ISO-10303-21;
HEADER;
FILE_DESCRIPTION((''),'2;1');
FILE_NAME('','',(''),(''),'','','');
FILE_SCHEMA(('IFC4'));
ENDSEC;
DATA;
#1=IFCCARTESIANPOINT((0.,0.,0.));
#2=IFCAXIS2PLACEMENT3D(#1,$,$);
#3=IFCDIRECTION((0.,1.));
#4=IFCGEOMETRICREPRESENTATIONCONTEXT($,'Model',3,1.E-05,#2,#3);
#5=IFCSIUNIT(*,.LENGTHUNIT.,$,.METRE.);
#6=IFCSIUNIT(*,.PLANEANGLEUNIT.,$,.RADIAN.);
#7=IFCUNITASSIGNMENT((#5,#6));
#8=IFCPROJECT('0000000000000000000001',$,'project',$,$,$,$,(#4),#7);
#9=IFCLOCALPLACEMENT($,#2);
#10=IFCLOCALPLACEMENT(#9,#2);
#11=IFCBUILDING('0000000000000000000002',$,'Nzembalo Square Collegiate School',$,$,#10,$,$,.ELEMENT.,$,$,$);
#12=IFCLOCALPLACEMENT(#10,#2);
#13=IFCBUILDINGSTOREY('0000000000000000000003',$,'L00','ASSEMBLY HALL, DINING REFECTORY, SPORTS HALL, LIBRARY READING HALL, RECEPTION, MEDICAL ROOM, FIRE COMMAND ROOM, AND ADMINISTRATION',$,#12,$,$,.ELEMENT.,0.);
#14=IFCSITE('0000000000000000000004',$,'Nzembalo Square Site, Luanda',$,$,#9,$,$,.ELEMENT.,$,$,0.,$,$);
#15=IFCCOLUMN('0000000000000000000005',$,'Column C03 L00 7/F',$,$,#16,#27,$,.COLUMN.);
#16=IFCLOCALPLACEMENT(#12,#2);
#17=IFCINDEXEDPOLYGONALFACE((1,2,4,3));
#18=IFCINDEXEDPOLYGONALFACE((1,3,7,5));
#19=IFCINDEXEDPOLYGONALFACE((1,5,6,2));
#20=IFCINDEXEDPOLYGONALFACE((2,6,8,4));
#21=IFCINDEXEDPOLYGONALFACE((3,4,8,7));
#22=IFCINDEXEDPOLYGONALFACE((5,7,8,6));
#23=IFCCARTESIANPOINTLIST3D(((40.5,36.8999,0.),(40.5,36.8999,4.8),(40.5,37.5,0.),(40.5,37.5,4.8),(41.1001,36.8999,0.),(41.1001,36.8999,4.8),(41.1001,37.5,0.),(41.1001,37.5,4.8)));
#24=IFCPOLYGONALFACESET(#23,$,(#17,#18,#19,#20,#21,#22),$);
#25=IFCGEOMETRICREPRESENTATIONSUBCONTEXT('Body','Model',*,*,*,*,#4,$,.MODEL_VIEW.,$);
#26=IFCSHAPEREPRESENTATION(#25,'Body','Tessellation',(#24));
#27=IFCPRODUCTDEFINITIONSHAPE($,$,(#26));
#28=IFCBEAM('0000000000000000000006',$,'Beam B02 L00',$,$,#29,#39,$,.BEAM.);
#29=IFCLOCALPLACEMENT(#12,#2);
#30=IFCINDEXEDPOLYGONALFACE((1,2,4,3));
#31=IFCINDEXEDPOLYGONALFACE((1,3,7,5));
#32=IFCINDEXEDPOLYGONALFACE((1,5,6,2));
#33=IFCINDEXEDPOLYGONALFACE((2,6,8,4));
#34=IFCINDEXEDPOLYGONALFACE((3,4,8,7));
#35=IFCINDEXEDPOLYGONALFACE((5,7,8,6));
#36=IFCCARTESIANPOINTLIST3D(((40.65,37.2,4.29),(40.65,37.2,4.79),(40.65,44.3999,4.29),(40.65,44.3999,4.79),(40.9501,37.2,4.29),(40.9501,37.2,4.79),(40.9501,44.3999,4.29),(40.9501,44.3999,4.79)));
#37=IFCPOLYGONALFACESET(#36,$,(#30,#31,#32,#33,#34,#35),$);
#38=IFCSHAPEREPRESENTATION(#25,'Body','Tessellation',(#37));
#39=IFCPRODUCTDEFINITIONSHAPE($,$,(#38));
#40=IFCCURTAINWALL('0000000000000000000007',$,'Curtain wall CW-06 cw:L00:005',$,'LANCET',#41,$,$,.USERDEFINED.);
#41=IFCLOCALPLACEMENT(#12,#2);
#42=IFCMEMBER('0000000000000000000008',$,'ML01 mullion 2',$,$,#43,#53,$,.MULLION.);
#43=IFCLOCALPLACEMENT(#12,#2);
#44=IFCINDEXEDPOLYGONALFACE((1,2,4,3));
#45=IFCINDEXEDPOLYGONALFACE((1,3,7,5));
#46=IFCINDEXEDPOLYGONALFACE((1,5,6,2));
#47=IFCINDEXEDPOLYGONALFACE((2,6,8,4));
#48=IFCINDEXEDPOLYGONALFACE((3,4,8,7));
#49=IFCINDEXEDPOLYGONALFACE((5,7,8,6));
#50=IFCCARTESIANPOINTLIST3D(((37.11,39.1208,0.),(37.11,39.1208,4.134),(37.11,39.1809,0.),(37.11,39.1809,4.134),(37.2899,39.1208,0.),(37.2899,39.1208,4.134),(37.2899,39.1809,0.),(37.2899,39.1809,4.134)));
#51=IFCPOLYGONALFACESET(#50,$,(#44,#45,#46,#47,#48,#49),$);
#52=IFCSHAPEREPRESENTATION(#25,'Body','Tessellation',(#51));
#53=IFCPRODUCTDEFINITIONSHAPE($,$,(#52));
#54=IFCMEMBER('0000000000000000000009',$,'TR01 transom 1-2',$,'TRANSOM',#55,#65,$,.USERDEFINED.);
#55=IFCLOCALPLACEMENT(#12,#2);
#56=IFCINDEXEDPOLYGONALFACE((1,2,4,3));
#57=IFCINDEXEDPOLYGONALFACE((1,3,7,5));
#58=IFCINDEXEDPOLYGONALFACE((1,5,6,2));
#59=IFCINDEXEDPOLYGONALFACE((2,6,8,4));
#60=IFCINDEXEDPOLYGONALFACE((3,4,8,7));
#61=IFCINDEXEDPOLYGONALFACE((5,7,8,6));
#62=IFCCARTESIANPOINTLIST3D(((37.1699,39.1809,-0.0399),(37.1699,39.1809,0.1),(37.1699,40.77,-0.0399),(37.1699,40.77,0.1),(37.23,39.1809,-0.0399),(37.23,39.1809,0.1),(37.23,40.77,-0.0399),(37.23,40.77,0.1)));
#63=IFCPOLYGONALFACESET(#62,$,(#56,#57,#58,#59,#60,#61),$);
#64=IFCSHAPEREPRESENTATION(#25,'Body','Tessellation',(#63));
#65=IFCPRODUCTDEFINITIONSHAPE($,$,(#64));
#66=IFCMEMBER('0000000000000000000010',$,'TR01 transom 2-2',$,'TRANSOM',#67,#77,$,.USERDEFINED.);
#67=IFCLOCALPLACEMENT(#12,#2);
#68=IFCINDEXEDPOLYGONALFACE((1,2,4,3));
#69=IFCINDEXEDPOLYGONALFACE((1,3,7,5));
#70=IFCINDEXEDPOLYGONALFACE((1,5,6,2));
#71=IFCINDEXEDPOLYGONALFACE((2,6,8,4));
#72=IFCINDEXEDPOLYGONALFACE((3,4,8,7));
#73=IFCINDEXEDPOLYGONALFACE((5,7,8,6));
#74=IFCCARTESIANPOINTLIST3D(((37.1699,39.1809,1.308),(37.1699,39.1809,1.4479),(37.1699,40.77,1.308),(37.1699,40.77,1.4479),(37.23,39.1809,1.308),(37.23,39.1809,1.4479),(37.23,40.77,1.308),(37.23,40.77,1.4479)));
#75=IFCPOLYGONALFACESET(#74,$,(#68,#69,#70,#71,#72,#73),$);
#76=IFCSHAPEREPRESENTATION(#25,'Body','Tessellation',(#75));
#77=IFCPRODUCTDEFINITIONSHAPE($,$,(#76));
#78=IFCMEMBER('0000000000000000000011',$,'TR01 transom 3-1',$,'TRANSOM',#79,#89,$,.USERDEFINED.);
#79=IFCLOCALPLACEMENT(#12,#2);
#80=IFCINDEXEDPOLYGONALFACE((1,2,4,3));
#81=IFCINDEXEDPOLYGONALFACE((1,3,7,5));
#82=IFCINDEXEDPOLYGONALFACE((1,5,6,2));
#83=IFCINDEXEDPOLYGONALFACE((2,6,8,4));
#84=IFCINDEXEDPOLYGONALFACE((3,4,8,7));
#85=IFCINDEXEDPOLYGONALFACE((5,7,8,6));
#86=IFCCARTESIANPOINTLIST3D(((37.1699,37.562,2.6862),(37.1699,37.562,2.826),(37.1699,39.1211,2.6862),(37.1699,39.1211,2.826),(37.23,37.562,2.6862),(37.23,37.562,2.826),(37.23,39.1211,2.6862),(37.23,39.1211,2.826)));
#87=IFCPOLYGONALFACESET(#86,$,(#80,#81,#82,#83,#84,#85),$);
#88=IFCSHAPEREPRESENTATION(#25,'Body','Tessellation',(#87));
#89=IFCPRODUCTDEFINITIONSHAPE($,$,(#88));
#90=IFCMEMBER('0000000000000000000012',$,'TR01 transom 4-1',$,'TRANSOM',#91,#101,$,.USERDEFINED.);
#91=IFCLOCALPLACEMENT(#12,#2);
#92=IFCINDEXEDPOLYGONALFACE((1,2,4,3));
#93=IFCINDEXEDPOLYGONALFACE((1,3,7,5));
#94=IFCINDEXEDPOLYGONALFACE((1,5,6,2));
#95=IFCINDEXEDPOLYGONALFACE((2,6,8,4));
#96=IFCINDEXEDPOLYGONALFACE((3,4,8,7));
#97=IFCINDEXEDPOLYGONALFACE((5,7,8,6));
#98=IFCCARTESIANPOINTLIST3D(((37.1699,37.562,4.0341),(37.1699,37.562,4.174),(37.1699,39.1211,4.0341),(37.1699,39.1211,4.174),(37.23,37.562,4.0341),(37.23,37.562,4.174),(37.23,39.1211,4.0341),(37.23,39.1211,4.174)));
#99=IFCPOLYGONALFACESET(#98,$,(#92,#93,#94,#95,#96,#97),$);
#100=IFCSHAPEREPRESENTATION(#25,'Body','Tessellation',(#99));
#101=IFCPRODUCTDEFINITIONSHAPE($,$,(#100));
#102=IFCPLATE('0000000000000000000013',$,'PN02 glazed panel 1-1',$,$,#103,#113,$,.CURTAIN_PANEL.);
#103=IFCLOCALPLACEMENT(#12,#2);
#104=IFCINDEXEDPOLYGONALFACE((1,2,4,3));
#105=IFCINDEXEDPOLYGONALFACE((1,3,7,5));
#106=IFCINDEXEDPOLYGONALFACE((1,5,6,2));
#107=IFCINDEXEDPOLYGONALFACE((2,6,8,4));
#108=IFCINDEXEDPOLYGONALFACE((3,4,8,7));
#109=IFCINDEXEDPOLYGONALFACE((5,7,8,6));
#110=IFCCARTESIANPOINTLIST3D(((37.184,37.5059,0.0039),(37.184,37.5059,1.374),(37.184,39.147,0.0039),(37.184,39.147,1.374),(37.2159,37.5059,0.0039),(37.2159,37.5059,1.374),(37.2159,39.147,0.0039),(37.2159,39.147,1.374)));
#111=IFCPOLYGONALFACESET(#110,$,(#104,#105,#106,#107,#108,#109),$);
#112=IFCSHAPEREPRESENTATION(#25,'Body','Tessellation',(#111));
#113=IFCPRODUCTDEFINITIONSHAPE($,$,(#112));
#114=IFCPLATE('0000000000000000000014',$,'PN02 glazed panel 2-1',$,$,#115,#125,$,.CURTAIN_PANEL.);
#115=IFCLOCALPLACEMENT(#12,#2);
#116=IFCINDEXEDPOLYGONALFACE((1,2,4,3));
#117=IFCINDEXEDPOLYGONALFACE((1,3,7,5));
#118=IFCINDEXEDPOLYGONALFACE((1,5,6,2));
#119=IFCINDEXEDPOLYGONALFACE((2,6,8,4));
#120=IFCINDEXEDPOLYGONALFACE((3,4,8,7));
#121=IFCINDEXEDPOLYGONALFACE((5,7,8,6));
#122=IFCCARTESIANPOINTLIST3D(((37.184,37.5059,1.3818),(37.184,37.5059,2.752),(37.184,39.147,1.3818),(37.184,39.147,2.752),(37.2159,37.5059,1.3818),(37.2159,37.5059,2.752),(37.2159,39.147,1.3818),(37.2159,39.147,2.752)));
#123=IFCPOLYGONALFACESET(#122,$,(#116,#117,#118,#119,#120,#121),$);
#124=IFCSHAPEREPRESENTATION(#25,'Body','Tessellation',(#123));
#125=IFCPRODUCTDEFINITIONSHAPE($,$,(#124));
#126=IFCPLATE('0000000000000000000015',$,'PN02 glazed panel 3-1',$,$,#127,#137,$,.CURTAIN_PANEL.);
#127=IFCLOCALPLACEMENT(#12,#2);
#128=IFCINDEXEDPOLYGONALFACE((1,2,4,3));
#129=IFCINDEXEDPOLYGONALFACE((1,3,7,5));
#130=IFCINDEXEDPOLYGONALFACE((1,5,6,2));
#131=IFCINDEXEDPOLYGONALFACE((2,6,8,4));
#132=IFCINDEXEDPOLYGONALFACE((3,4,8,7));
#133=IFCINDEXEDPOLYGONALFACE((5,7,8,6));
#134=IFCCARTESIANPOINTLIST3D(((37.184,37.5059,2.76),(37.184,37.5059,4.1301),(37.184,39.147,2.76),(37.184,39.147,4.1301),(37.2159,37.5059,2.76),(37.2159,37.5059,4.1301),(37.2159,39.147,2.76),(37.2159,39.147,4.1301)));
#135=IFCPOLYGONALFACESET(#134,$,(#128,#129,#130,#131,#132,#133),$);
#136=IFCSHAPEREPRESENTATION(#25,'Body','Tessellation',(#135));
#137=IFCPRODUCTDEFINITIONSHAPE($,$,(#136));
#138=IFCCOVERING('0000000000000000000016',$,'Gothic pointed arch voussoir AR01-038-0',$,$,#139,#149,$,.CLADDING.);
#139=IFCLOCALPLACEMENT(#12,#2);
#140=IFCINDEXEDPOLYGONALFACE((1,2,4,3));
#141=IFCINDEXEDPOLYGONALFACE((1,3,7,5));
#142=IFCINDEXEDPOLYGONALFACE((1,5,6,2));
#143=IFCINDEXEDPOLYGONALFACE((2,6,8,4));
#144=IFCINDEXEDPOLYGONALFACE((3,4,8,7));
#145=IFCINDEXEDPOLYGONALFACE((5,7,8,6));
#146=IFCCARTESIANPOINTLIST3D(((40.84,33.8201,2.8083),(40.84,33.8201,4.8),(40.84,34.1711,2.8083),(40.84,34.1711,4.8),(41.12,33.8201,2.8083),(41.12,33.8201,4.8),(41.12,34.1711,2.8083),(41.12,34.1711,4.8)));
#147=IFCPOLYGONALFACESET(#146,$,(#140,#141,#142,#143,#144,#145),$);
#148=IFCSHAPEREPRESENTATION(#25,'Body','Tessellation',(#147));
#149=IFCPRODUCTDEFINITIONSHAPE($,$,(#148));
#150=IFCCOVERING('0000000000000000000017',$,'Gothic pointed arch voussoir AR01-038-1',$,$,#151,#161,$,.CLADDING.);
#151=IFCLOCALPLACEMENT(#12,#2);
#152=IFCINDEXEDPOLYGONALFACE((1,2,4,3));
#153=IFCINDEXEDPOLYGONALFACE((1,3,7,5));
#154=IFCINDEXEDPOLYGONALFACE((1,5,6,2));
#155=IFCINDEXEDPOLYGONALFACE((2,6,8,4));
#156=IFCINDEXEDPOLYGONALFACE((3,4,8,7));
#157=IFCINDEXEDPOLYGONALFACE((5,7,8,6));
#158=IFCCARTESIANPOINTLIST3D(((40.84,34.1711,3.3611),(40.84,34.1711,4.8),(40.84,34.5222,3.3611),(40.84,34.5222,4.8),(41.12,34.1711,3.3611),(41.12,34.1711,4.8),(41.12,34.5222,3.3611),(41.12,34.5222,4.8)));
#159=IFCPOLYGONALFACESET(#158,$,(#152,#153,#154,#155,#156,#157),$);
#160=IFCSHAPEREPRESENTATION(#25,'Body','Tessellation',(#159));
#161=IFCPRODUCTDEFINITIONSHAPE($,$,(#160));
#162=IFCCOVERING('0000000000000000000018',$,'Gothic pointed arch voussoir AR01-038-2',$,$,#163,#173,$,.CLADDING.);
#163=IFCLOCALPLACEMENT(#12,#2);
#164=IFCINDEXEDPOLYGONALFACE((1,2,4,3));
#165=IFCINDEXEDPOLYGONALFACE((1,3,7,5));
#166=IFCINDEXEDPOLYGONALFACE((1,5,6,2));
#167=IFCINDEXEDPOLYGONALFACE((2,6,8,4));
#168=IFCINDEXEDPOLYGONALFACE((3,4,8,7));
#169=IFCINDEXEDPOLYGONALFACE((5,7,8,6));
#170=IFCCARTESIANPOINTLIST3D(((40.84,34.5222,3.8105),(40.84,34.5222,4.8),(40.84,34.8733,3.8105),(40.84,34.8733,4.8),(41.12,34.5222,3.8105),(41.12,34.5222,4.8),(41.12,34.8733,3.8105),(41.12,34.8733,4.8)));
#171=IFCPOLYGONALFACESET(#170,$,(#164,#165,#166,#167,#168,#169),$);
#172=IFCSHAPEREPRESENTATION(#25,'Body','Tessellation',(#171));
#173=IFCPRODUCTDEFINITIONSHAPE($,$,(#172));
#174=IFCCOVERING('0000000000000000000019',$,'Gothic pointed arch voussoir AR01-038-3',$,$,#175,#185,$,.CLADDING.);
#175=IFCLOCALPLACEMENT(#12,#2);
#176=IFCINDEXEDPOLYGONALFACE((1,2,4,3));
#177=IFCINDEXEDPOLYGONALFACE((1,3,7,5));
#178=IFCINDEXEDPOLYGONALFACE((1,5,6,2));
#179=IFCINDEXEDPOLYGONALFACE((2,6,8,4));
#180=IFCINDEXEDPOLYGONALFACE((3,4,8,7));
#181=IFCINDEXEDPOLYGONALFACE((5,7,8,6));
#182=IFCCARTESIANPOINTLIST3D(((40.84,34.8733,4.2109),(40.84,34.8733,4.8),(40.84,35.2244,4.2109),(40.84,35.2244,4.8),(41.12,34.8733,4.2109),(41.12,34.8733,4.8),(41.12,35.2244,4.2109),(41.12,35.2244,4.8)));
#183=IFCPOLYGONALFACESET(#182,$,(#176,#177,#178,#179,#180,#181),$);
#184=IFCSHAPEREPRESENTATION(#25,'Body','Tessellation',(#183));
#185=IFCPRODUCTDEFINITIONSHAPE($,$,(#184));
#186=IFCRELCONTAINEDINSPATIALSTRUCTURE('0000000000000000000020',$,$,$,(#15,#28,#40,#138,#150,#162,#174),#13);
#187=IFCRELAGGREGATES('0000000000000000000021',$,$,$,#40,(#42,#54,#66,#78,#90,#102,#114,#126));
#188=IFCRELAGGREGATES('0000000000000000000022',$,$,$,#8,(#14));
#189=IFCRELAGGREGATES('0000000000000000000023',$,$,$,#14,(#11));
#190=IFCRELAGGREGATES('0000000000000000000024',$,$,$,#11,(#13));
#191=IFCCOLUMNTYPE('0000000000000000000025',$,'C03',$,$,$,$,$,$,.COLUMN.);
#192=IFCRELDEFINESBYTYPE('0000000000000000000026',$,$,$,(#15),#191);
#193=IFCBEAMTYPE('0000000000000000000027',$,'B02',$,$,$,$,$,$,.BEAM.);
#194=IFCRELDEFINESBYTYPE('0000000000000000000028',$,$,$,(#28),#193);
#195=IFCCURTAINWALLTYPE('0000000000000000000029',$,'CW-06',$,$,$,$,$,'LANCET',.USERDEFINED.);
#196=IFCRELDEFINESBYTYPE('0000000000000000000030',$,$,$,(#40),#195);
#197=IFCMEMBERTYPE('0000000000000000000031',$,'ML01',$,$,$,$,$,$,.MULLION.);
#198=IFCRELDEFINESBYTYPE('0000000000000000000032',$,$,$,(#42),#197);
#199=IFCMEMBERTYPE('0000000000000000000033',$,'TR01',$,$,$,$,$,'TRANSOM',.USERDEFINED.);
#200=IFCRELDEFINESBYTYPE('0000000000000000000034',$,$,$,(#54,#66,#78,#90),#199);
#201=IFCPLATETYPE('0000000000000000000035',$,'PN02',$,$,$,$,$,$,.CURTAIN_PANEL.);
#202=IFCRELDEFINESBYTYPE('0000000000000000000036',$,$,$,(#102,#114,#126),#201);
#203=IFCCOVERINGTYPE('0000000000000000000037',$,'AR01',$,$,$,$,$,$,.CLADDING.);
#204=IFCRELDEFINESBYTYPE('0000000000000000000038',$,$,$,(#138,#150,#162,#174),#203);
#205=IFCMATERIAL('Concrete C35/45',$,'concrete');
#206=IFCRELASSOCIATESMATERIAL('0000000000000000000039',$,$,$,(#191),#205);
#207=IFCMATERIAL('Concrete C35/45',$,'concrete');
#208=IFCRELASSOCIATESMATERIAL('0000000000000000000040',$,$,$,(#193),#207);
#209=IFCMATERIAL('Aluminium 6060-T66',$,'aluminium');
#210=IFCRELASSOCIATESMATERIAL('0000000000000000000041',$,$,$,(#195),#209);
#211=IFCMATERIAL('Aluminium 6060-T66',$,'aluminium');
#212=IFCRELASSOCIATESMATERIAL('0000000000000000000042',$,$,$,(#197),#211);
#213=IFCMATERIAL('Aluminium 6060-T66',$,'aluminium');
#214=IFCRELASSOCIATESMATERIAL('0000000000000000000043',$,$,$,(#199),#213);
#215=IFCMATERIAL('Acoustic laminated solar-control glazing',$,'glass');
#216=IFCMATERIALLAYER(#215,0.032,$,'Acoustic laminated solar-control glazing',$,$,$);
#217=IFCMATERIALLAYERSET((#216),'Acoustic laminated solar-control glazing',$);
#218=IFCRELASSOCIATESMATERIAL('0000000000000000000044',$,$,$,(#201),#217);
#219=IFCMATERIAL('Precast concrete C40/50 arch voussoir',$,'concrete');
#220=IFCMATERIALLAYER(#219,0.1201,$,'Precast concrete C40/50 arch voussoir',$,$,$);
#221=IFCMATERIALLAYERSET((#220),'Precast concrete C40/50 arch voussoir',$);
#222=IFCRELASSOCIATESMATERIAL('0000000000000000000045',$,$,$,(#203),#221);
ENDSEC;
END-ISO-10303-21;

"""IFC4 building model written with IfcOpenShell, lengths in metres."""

from ifc_helpers import new_model, si_unit, direction, frame, origin, origin_2d, place, context, subcontext, project, spatial, rectangle, extrude, material, layer, layer_set, material_profile, profile_set, type_object, element, aggregate, save


model = new_model("IFC4")

# Units and contexts
model_context = context("Model", 3, precision=1e-05, world=origin(), true_north=direction((0.0, 1.0)))
body_context = subcontext(model_context, "Body", "Model", "MODEL_VIEW")
ifc_project = project(units=[si_unit("LENGTHUNIT", "METRE"), si_unit("PLANEANGLEUNIT", "RADIAN")], contexts=[model_context])

# Site, building, storey
site_placement = place(None, origin())
site = spatial("IfcSite", under=ifc_project, at=site_placement, Name="Nzembalo Square Site, Luanda", CompositionType="ELEMENT", RefElevation=0.0)
building_placement = place(site_placement, origin())
building = spatial("IfcBuilding", under=site, at=building_placement, Name="Nzembalo Square Collegiate School", CompositionType="ELEMENT")
storey_placement = place(building_placement, origin())
storey = spatial("IfcBuildingStorey", under=building, at=storey_placement, Name="L00", Description="ASSEMBLY HALL, DINING REFECTORY, SPORTS HALL, LIBRARY READING HALL, RECEPTION, MEDICAL ROOM, FIRE COMMAND ROOM, AND ADMINISTRATION", CompositionType="ELEMENT", Elevation=0.0)

# Column
ifc_material_1 = material(Name="Concrete C35/45", Category="concrete")
ifc_material_profile_1 = material_profile(ifc_material_1, rectangle(XDim=0.6001, YDim=0.6001, at=origin_2d()), Name="RC 600x600")
ifc_profile_set_1 = profile_set([ifc_material_profile_1], Name="Concrete C35/45")
column_type = type_object("IfcColumnType", Name="C03", PredefinedType="COLUMN", material=ifc_profile_set_1)
column_placement = place(storey_placement, frame((40.8, 37.2, 0.0), z_axis=(0.0, 0.0, 1.0), x_axis=(1.0, 0.0, 0.0)))
element("IfcColumn", 1, at=column_placement, inside=storey, type_object=column_type, Name="Column C03 L00 7/F", PredefinedType="COLUMN", context=body_context, shape_type="SweptSolid", body=[
    extrude(rectangle(XDim=0.6001, YDim=0.6001, at=origin_2d()), origin(), (0.0, 0.0, 1.0), 4.8),
])

# Beam
ifc_material_2 = material(Name="Concrete C35/45", Category="concrete")
ifc_material_profile_2 = material_profile(ifc_material_2, rectangle(XDim=0.3, YDim=0.5, at=origin_2d()), Name="RC 300x500")
ifc_profile_set_2 = profile_set([ifc_material_profile_2], Name="Concrete C35/45")
beam_type = type_object("IfcBeamType", Name="B02", PredefinedType="BEAM", material=ifc_profile_set_2)
beam_placement = place(storey_placement, frame((40.8, 37.2, 4.54), z_axis=(0.0, 1.0, 0.0), x_axis=(-1.0, 0.0, 0.0)))
element("IfcBeam", 2, at=beam_placement, inside=storey, type_object=beam_type, Name="Beam B02 L00", PredefinedType="BEAM", context=body_context, shape_type="SweptSolid", body=[
    extrude(rectangle(XDim=0.3, YDim=0.5, at=origin_2d()), origin(), (0.0, 0.0, 1.0), 7.2),
])

# Curtain wall, members, plates
ifc_material_3 = material(Name="Aluminium 6060-T66", Category="aluminium")
curtain_wall_type = type_object("IfcCurtainWallType", Name="CW-06", ElementType="LANCET", PredefinedType="USERDEFINED", material=ifc_material_3)
curtain_wall_placement = place(storey_placement, origin())
curtain_wall = element("IfcCurtainWall", 3, at=curtain_wall_placement, inside=storey, type_object=curtain_wall_type, Name="Curtain wall CW-06 cw:L00:005", ObjectType="LANCET", PredefinedType="USERDEFINED")
ifc_material_4 = material(Name="Aluminium 6060-T66", Category="aluminium")
ifc_material_profile_3 = material_profile(ifc_material_4, rectangle(XDim=0.0601, YDim=0.1799, at=origin_2d()), Name="ALU M60x180")
ifc_profile_set_3 = profile_set([ifc_material_profile_3], Name="Aluminium 6060-T66")
member_type_1 = type_object("IfcMemberType", Name="ML01", PredefinedType="MULLION", material=ifc_profile_set_3)
member_1_placement = place(storey_placement, frame((37.2, 39.1509, 0.0), z_axis=(0.0, 0.0, 1.0), x_axis=(0.0, 1.0, 0.0)))
member_1 = element("IfcMember", 4, at=member_1_placement, type_object=member_type_1, Name="ML01 mullion 2", PredefinedType="MULLION", context=body_context, shape_type="SweptSolid", body=[
    extrude(rectangle(XDim=0.0601, YDim=0.1799, at=origin_2d()), origin(), (0.0, 0.0, 1.0), 4.134),
])
ifc_material_5 = material(Name="Aluminium 6060-T66", Category="aluminium")
ifc_material_profile_4 = material_profile(ifc_material_5, rectangle(XDim=0.0601, YDim=0.1399, at=origin_2d()), Name="ALU T60x140")
ifc_profile_set_4 = profile_set([ifc_material_profile_4], Name="Aluminium 6060-T66")
member_type_2 = type_object("IfcMemberType", Name="TR01", ElementType="TRANSOM", PredefinedType="USERDEFINED", material=ifc_profile_set_4)
member_2_placement = place(storey_placement, frame((37.2, 39.1809, 0.03), z_axis=(0.0, 1.0, 0.0), x_axis=(-1.0, 0.0, 0.0)))
member_2 = element("IfcMember", 5, at=member_2_placement, type_object=member_type_2, Name="TR01 transom 1-2", ObjectType="TRANSOM", PredefinedType="USERDEFINED", context=body_context, shape_type="SweptSolid", body=[
    extrude(rectangle(XDim=0.0601, YDim=0.1399, at=origin_2d()), origin(), (0.0, 0.0, 1.0), 1.5891),
])
member_3_placement = place(storey_placement, frame((37.2, 39.1809, 1.3779), z_axis=(0.0, 1.0, 0.0), x_axis=(-1.0, 0.0, 0.0)))
member_3 = element("IfcMember", 6, at=member_3_placement, type_object=member_type_2, Name="TR01 transom 2-2", ObjectType="TRANSOM", PredefinedType="USERDEFINED", context=body_context, shape_type="SweptSolid", body=[
    extrude(rectangle(XDim=0.0601, YDim=0.1399, at=origin_2d()), origin(), (0.0, 0.0, 1.0), 1.5891),
])
member_4_placement = place(storey_placement, frame((37.2, 37.562, 2.7561), z_axis=(0.0, 1.0, 0.0), x_axis=(-1.0, 0.0, 0.0)))
member_4 = element("IfcMember", 7, at=member_4_placement, type_object=member_type_2, Name="TR01 transom 3-1", ObjectType="TRANSOM", PredefinedType="USERDEFINED", context=body_context, shape_type="SweptSolid", body=[
    extrude(rectangle(XDim=0.0601, YDim=0.1399, at=origin_2d()), origin(), (0.0, 0.0, 1.0), 1.5591),
])
member_5_placement = place(storey_placement, frame((37.2, 37.562, 4.104), z_axis=(0.0, 1.0, 0.0), x_axis=(-1.0, 0.0, 0.0)))
member_5 = element("IfcMember", 8, at=member_5_placement, type_object=member_type_2, Name="TR01 transom 4-1", ObjectType="TRANSOM", PredefinedType="USERDEFINED", context=body_context, shape_type="SweptSolid", body=[
    extrude(rectangle(XDim=0.0601, YDim=0.1399, at=origin_2d()), origin(), (0.0, 0.0, 1.0), 1.5591),
])
ifc_material_6 = material(Name="Acoustic laminated solar-control glazing", Category="glass")
ifc_layer_1 = layer(ifc_material_6, 0.032, Name="Acoustic laminated solar-control glazing")
ifc_layer_set_1 = layer_set([ifc_layer_1], Name="Acoustic laminated solar-control glazing")
plate_type = type_object("IfcPlateType", Name="PN02", PredefinedType="CURTAIN_PANEL", material=ifc_layer_set_1)
plate_1_placement = place(storey_placement, frame((37.2, 38.3264, 0.0039), z_axis=(0.0, 0.0, 1.0), x_axis=(0.0, 1.0, 0.0)))
plate_1 = element("IfcPlate", 9, at=plate_1_placement, type_object=plate_type, Name="PN02 glazed panel 1-1", PredefinedType="CURTAIN_PANEL", context=body_context, shape_type="SweptSolid", body=[
    extrude(rectangle(XDim=1.6411, YDim=0.032, at=origin_2d()), origin(), (0.0, 0.0, 1.0), 1.3701),
])
plate_2_placement = place(storey_placement, frame((37.2, 38.3264, 1.3818), z_axis=(0.0, 0.0, 1.0), x_axis=(0.0, 1.0, 0.0)))
plate_2 = element("IfcPlate", 10, at=plate_2_placement, type_object=plate_type, Name="PN02 glazed panel 2-1", PredefinedType="CURTAIN_PANEL", context=body_context, shape_type="SweptSolid", body=[
    extrude(rectangle(XDim=1.6411, YDim=0.032, at=origin_2d()), origin(), (0.0, 0.0, 1.0), 1.3701),
])
plate_3_placement = place(storey_placement, frame((37.2, 38.3264, 2.76), z_axis=(0.0, 0.0, 1.0), x_axis=(0.0, 1.0, 0.0)))
plate_3 = element("IfcPlate", 11, at=plate_3_placement, type_object=plate_type, Name="PN02 glazed panel 3-1", PredefinedType="CURTAIN_PANEL", context=body_context, shape_type="SweptSolid", body=[
    extrude(rectangle(XDim=1.6411, YDim=0.032, at=origin_2d()), origin(), (0.0, 0.0, 1.0), 1.3701),
])
aggregate(curtain_wall, [member_1, member_2, member_3, member_4, member_5, plate_1, plate_2, plate_3])

# Coverings
ifc_material_7 = material(Name="Precast concrete C40/50 arch voussoir", Category="concrete")
ifc_layer_2 = layer(ifc_material_7, 0.1201, Name="Precast concrete C40/50 arch voussoir")
ifc_layer_set_2 = layer_set([ifc_layer_2], Name="Precast concrete C40/50 arch voussoir")
covering_type = type_object("IfcCoveringType", Name="AR01", PredefinedType="CLADDING", material=ifc_layer_set_2)
covering_1_placement = place(storey_placement, frame((40.98, 33.9956, 2.8083), z_axis=(0.0, 0.0, 1.0), x_axis=(1.0, 0.0, 0.0)))
element("IfcCovering", 12, at=covering_1_placement, inside=storey, type_object=covering_type, Name="Gothic pointed arch voussoir AR01-038-0", PredefinedType="CLADDING", context=body_context, shape_type="SweptSolid", body=[
    extrude(rectangle(XDim=0.28, YDim=0.3511, at=origin_2d()), origin(), (0.0, 0.0, 1.0), 1.9917),
])
covering_2_placement = place(storey_placement, frame((40.98, 34.3467, 3.3611), z_axis=(0.0, 0.0, 1.0), x_axis=(1.0, 0.0, 0.0)))
element("IfcCovering", 13, at=covering_2_placement, inside=storey, type_object=covering_type, Name="Gothic pointed arch voussoir AR01-038-1", PredefinedType="CLADDING", context=body_context, shape_type="SweptSolid", body=[
    extrude(rectangle(XDim=0.28, YDim=0.3511, at=origin_2d()), origin(), (0.0, 0.0, 1.0), 1.439),
])
covering_3_placement = place(storey_placement, frame((40.98, 34.6978, 3.8105), z_axis=(0.0, 0.0, 1.0), x_axis=(1.0, 0.0, 0.0)))
element("IfcCovering", 14, at=covering_3_placement, inside=storey, type_object=covering_type, Name="Gothic pointed arch voussoir AR01-038-2", PredefinedType="CLADDING", context=body_context, shape_type="SweptSolid", body=[
    extrude(rectangle(XDim=0.28, YDim=0.3511, at=origin_2d()), origin(), (0.0, 0.0, 1.0), 0.9895),
])
covering_4_placement = place(storey_placement, frame((40.98, 35.0488, 4.2109), z_axis=(0.0, 0.0, 1.0), x_axis=(1.0, 0.0, 0.0)))
element("IfcCovering", 15, at=covering_4_placement, inside=storey, type_object=covering_type, Name="Gothic pointed arch voussoir AR01-038-3", PredefinedType="CLADDING", context=body_context, shape_type="SweptSolid", body=[
    extrude(rectangle(XDim=0.28, YDim=0.3511, at=origin_2d()), origin(), (0.0, 0.0, 1.0), 0.5891),
])

save(model, "model.ifc")
